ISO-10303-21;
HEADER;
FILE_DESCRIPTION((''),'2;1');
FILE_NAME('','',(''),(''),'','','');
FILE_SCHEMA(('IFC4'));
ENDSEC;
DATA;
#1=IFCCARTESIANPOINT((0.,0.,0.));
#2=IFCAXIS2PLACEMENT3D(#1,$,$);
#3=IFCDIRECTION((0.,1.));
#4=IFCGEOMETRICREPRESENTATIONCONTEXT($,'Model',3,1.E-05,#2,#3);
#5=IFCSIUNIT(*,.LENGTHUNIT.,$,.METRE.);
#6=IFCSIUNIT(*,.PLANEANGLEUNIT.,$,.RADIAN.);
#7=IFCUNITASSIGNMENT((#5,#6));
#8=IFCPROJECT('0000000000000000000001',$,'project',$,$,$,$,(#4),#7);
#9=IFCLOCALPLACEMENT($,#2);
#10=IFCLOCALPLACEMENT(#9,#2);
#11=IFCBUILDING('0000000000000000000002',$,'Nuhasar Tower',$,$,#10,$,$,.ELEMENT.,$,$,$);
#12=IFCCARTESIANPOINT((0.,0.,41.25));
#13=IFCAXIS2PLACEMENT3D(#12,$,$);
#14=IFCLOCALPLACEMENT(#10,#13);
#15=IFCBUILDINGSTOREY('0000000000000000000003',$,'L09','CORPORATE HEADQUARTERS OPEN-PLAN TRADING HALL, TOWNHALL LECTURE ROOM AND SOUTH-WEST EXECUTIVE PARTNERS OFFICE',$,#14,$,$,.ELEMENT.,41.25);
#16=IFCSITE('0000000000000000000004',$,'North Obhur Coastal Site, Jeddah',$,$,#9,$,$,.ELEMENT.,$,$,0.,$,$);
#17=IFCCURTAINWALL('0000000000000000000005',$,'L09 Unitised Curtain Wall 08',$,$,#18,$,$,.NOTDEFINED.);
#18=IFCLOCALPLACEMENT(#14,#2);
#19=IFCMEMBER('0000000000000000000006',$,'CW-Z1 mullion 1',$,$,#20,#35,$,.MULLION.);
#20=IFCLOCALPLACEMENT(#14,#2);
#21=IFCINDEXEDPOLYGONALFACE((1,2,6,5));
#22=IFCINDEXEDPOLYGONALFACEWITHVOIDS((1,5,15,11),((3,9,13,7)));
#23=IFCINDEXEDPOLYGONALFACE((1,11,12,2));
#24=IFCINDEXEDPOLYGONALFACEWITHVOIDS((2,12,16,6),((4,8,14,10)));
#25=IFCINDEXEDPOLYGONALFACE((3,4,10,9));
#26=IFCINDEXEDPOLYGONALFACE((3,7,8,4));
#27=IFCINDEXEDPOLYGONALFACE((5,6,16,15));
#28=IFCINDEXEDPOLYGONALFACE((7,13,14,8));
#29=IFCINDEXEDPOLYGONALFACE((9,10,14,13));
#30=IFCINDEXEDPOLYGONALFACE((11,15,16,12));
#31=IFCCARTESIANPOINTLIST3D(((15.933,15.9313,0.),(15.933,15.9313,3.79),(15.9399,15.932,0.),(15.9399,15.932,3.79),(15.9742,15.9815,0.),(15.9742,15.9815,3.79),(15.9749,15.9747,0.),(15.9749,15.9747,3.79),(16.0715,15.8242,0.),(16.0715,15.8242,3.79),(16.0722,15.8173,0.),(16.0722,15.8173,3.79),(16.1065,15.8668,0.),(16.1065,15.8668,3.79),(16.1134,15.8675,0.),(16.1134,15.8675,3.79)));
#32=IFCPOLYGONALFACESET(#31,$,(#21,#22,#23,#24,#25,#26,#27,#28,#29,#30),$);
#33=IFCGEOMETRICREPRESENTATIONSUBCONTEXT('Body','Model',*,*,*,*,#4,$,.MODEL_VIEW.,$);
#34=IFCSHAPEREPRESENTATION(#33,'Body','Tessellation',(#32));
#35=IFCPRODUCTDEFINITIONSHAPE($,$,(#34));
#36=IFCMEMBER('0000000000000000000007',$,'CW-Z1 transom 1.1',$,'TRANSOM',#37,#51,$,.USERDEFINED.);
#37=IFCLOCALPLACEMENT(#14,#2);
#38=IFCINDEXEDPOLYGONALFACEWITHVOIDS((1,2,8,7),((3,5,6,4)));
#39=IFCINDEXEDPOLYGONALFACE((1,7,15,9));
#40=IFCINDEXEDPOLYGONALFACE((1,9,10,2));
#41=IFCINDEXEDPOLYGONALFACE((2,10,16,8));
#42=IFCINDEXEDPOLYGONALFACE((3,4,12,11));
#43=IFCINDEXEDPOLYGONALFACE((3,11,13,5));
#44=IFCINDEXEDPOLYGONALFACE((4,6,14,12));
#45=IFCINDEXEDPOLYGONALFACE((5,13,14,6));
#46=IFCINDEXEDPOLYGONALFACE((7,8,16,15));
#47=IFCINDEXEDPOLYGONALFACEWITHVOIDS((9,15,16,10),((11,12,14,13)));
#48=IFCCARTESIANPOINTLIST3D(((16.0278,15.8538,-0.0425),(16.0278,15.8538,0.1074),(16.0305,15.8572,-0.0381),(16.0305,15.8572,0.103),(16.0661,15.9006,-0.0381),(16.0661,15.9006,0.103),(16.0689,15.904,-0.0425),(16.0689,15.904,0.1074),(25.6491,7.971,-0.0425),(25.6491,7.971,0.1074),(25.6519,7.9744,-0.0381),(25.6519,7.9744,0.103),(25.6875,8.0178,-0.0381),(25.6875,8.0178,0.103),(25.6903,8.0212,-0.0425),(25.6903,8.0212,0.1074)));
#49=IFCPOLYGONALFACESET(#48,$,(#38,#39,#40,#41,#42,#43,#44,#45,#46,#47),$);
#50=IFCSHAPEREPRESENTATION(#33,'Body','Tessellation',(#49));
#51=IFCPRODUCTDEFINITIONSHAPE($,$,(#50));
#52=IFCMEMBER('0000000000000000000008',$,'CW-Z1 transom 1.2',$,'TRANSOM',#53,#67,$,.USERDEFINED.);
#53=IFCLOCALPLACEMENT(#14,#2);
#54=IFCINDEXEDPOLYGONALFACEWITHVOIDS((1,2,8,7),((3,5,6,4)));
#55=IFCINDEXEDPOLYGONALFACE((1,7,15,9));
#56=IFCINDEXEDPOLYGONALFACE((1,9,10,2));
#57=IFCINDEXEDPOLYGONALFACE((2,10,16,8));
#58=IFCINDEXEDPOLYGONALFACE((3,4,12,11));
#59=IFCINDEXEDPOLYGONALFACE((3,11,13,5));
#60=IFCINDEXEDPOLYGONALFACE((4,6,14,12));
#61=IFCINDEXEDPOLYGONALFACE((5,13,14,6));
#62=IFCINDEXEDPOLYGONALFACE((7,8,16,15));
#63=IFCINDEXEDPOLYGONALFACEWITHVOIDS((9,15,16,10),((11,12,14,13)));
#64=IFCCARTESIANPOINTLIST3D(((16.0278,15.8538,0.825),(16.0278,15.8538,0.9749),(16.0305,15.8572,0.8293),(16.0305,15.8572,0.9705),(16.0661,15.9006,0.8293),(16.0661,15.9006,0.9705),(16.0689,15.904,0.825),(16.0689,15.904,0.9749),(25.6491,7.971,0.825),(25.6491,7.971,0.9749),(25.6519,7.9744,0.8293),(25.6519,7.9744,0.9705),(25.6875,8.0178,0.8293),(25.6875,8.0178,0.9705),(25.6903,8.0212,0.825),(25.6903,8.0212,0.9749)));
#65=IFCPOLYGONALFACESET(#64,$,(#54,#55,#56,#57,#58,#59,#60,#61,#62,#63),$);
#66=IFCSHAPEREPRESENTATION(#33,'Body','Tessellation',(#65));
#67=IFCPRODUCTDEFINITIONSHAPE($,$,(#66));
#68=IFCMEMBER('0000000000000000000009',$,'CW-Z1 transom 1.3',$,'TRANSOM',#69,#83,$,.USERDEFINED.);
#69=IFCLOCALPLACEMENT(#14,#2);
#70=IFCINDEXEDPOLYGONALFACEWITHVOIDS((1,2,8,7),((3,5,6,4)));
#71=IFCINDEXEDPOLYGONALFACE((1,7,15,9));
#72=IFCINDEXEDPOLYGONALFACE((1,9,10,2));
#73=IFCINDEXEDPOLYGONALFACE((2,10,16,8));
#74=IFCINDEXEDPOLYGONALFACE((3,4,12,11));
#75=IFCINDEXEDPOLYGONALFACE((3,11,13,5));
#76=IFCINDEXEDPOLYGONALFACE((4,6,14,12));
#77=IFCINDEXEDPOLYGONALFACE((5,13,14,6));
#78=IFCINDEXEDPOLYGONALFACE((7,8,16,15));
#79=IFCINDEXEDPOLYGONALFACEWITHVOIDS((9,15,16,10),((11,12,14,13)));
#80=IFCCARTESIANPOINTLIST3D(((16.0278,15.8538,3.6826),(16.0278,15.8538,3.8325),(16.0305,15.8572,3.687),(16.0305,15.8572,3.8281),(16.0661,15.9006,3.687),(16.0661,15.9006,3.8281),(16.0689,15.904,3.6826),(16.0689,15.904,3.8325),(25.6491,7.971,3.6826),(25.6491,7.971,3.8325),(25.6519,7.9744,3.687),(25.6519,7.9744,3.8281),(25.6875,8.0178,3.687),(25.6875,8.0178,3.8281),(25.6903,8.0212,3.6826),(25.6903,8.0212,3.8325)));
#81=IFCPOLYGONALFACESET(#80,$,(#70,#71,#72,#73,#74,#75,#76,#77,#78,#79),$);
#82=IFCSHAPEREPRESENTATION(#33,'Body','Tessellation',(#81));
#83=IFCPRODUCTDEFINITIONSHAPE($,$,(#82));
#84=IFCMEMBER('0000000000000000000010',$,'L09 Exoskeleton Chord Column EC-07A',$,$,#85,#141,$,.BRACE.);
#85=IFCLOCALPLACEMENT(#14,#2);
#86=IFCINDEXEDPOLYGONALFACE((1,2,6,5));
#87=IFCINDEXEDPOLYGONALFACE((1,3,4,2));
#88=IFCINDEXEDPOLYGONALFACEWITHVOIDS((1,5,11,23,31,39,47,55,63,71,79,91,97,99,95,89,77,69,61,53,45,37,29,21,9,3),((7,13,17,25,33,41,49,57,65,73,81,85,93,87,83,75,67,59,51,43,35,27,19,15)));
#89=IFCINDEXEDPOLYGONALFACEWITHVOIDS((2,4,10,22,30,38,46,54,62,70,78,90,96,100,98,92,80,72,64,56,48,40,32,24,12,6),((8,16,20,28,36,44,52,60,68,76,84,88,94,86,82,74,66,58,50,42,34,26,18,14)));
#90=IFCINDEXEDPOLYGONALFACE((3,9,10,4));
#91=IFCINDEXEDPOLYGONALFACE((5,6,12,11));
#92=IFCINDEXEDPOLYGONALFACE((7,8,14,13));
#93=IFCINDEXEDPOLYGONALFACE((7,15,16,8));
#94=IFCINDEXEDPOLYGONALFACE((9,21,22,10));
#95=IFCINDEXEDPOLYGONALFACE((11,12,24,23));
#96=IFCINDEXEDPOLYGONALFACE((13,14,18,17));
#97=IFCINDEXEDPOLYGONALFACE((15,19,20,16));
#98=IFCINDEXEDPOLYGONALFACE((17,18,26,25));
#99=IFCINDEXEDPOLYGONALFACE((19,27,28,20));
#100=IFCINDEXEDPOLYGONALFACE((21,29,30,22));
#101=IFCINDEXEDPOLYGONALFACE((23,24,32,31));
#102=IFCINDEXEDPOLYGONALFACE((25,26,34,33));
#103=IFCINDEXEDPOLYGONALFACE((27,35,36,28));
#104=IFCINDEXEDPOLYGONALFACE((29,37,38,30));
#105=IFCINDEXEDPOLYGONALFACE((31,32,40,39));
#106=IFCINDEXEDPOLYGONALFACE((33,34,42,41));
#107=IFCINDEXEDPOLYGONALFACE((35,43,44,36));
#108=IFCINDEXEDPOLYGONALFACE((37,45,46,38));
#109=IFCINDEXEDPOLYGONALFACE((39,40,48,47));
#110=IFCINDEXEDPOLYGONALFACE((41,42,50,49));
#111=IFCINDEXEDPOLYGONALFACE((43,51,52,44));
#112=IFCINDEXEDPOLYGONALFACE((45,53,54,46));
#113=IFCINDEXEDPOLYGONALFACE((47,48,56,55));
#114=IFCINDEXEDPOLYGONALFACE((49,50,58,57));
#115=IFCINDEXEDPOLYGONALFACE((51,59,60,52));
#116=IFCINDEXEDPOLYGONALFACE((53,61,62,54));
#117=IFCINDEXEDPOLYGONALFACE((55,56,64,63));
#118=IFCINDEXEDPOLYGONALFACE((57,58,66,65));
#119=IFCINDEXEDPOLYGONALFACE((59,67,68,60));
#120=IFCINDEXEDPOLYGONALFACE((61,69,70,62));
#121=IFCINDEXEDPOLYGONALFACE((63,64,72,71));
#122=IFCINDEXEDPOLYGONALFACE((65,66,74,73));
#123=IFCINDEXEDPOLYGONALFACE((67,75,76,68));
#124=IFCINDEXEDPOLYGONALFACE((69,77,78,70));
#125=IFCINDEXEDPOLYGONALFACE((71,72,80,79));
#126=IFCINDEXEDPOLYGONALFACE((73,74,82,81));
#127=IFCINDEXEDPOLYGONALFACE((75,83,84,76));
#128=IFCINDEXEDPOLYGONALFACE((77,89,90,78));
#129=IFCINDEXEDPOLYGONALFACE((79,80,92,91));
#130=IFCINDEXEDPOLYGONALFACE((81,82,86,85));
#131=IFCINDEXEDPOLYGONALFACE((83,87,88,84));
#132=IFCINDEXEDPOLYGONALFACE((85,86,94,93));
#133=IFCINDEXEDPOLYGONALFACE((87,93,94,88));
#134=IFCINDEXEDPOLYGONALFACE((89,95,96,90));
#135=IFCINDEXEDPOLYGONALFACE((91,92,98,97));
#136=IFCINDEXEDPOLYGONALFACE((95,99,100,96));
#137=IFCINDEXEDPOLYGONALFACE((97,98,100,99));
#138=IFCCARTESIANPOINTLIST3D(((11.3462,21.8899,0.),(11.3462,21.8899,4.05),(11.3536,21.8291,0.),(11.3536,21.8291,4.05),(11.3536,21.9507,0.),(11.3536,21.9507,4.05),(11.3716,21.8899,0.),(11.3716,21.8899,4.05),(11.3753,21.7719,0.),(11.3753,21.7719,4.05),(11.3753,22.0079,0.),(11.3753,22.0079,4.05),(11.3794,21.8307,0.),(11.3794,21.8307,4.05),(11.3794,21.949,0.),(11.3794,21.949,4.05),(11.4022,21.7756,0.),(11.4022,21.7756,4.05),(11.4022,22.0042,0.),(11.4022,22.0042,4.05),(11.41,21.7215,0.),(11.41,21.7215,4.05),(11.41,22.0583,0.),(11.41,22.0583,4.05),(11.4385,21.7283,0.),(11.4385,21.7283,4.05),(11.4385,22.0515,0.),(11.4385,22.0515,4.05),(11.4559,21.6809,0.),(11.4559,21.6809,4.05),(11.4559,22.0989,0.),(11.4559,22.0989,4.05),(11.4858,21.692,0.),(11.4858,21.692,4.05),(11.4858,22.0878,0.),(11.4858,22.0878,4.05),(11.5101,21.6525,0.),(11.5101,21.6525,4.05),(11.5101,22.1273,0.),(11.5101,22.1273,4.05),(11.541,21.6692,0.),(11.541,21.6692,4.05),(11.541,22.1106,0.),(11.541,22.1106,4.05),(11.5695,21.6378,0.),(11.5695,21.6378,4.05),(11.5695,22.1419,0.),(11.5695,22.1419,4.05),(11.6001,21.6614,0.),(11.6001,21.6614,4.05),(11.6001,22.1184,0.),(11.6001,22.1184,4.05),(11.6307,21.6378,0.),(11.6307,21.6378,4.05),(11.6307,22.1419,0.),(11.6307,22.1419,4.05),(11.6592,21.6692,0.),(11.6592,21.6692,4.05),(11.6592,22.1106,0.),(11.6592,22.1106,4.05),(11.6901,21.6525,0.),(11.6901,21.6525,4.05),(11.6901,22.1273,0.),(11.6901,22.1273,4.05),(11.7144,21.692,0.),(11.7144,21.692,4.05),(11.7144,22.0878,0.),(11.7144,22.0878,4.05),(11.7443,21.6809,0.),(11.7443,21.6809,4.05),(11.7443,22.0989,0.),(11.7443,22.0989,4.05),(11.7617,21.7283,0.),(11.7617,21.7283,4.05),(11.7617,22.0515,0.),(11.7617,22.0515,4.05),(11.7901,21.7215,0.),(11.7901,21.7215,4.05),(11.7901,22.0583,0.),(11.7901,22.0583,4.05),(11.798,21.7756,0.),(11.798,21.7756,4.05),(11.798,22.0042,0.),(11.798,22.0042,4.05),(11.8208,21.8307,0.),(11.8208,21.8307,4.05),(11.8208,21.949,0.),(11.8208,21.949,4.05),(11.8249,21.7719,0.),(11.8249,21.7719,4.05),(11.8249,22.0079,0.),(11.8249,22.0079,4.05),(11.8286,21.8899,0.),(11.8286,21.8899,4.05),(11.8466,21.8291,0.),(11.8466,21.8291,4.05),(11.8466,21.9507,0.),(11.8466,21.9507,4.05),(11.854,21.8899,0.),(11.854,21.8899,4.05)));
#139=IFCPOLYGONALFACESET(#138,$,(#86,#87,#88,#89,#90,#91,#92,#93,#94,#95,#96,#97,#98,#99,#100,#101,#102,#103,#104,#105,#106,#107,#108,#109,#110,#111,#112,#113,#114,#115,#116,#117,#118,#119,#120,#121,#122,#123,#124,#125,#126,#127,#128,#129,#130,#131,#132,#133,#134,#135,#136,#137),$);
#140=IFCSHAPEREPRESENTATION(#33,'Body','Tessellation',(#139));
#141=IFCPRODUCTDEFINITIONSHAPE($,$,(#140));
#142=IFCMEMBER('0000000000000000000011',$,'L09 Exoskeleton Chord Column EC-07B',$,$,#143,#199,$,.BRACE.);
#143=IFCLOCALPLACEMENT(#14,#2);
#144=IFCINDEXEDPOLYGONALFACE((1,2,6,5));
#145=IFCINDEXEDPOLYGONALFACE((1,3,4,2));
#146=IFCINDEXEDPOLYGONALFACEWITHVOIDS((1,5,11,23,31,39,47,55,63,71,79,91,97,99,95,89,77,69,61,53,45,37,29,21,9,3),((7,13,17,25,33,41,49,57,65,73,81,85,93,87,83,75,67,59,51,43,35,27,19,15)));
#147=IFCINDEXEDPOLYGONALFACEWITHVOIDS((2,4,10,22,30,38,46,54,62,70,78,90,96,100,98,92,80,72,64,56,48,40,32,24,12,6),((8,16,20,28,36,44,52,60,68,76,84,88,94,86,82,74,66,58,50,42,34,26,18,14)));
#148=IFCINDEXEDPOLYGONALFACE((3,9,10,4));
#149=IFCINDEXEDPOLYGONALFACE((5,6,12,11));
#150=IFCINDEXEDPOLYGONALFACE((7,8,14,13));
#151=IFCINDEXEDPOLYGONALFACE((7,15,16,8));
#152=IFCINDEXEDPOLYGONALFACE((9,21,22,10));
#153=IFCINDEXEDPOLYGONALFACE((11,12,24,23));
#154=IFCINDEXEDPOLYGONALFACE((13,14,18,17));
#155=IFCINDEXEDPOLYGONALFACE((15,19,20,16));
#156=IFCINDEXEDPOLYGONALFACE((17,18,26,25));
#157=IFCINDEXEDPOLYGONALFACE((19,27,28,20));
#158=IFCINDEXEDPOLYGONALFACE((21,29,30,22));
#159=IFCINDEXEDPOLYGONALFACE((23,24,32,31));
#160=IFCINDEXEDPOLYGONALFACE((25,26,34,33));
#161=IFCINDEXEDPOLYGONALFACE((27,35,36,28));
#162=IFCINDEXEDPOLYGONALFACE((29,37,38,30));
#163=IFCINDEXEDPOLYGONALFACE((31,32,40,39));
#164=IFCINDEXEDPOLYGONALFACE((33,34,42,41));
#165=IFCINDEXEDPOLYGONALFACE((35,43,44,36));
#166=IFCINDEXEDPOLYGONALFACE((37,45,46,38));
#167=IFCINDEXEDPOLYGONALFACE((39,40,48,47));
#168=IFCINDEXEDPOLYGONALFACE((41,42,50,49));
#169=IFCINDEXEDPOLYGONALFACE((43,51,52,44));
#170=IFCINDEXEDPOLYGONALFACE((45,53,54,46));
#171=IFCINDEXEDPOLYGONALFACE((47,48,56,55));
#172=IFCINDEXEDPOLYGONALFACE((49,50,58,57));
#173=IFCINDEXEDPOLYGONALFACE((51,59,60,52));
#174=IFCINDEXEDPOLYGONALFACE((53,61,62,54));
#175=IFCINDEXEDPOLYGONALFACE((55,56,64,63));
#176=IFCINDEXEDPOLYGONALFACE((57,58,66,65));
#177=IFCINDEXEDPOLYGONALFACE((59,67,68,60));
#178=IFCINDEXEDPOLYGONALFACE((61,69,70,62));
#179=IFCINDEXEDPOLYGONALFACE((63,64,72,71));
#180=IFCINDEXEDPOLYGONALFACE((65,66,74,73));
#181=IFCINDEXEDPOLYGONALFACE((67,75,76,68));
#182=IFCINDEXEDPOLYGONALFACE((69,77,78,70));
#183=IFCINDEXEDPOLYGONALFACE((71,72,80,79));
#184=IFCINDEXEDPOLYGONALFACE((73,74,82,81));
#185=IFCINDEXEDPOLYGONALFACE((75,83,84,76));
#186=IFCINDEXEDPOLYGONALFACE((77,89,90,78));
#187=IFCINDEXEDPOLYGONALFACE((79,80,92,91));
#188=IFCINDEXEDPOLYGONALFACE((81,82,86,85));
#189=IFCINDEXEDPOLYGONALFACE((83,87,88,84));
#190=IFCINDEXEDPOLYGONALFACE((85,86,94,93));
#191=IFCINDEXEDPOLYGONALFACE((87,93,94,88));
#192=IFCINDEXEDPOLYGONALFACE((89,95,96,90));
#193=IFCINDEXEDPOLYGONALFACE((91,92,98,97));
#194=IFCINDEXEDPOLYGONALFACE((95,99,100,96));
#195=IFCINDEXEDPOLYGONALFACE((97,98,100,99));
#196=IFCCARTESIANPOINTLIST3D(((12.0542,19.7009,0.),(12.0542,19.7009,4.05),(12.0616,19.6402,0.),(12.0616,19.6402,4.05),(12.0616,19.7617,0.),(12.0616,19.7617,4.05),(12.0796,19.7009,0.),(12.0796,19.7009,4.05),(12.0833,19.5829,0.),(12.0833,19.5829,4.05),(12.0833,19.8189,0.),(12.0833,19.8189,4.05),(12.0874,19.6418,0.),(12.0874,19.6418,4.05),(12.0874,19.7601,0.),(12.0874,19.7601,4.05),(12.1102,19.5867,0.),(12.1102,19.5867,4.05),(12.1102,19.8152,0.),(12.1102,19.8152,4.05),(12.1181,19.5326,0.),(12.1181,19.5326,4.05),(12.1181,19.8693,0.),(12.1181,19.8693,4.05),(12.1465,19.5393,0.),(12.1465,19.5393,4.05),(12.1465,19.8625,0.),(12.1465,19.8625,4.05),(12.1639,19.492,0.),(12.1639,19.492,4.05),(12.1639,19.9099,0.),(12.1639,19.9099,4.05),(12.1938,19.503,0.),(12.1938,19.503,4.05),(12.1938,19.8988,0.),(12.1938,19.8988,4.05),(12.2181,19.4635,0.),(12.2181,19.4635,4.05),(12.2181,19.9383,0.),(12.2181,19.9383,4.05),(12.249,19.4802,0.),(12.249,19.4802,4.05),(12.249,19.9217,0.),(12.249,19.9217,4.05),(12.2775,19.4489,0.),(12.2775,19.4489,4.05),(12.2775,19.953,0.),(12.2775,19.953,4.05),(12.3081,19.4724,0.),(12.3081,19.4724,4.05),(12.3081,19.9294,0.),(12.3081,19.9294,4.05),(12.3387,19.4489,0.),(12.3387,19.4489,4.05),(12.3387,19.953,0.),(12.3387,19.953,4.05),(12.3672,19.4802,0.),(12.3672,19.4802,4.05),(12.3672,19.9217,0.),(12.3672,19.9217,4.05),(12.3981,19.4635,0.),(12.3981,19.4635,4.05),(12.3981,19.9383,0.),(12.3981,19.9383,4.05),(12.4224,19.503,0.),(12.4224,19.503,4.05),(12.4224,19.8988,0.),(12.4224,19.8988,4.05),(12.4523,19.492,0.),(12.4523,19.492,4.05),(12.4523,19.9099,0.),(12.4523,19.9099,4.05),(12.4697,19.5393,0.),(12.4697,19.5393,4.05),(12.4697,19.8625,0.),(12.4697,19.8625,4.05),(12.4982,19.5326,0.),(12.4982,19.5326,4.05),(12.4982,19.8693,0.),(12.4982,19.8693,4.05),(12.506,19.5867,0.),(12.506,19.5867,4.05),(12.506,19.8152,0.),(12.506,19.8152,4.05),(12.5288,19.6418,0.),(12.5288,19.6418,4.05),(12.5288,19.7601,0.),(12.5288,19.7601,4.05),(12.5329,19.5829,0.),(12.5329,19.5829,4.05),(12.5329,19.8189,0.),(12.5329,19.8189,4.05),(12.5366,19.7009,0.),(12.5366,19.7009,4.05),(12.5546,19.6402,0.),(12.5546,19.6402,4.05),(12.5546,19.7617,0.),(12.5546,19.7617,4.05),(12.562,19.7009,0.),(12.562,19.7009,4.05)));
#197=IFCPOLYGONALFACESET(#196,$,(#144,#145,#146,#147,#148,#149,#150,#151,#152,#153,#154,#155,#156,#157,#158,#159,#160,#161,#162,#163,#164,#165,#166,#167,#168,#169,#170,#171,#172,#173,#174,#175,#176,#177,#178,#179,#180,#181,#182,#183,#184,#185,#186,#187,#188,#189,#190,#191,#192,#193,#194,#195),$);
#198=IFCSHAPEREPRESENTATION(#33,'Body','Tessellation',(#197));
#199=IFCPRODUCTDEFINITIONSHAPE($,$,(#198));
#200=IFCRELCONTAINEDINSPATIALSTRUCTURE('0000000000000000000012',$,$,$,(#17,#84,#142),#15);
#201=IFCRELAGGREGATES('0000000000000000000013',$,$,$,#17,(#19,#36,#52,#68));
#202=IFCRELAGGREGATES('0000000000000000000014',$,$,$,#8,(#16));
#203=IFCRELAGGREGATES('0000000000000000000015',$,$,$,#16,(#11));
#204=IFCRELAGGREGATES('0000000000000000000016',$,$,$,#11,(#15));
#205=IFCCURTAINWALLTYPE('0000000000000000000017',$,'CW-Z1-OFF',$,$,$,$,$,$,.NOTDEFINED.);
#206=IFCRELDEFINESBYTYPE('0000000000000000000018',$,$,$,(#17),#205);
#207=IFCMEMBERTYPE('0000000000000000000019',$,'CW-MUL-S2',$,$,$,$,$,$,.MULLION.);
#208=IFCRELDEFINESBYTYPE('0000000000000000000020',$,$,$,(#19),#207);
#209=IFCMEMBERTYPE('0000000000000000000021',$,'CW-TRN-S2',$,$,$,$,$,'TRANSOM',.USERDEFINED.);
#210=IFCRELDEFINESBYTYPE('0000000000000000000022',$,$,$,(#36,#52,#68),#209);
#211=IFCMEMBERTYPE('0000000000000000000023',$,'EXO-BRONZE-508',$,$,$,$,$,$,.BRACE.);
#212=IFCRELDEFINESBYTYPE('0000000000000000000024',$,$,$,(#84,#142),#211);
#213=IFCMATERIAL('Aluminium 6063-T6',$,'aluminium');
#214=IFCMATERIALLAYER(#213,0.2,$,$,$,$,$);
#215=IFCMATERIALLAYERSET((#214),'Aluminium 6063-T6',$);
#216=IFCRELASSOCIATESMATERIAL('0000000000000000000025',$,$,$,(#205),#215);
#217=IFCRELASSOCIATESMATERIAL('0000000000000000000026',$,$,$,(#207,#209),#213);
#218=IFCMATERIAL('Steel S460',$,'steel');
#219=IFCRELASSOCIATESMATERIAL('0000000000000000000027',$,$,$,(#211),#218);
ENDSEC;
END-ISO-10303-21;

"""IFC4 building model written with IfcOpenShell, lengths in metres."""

from ifc_helpers import new_model, si_unit, direction, frame, origin, origin_2d, place, context, subcontext, project, spatial, hollow_rectangle, hollow_circle, extrude, material, layer, layer_set, material_profile, profile_set, type_object, element, aggregate, save


model = new_model("IFC4")

# Units and contexts
model_context = context("Model", 3, precision=1e-05, world=origin(), true_north=direction((0.0, 1.0)))
body_context = subcontext(model_context, "Body", "Model", "MODEL_VIEW")
ifc_project = project(units=[si_unit("LENGTHUNIT", "METRE"), si_unit("PLANEANGLEUNIT", "RADIAN")], contexts=[model_context])

# Site, building, storey
site_placement = place(None, origin())
site = spatial("IfcSite", under=ifc_project, at=site_placement, Name="North Obhur Coastal Site, Jeddah", CompositionType="ELEMENT", RefElevation=0.0)
building_placement = place(site_placement, origin())
building = spatial("IfcBuilding", under=site, at=building_placement, Name="Nuhasar Tower", CompositionType="ELEMENT")
storey_placement = place(building_placement, frame((0.0, 0.0, 41.25)))
storey = spatial("IfcBuildingStorey", under=building, at=storey_placement, Name="L09", Description="CORPORATE HEADQUARTERS OPEN-PLAN TRADING HALL, TOWNHALL LECTURE ROOM AND SOUTH-WEST EXECUTIVE PARTNERS OFFICE", CompositionType="ELEMENT", Elevation=41.25)

# Shared definitions
ifc_material_1 = material(Name="Aluminium 6063-T6", Category="aluminium")
ifc_layer_1 = layer(ifc_material_1, 0.2)
ifc_layer_set_1 = layer_set([ifc_layer_1], Name="Aluminium 6063-T6")
curtain_wall_type = type_object("IfcCurtainWallType", Name="CW-Z1-OFF", PredefinedType="NOTDEFINED", material=ifc_layer_set_1)
ifc_material_profile_1 = material_profile(ifc_material_1, hollow_rectangle(XDim=0.0649, YDim=0.1799, WallThickness=0.0049, at=origin_2d()), Name="CWM-2")
ifc_profile_set_1 = profile_set([ifc_material_profile_1], Name="Aluminium 6063-T6")
member_type_1 = type_object("IfcMemberType", Name="CW-MUL-S2", PredefinedType="MULLION", material=ifc_profile_set_1)

# Curtain wall, members
curtain_wall_1_placement = place(storey_placement, origin())
curtain_wall_1 = element("IfcCurtainWall", 1, at=curtain_wall_1_placement, inside=storey, type_object=curtain_wall_type, Name="L09 Unitised Curtain Wall 08", PredefinedType="NOTDEFINED")
member_1_placement = place(storey_placement, frame((16.0232, 15.8994, 0.0), z_axis=(0.0, 0.0, 1.0), x_axis=(0.633745, 0.773542, 0.0)))
member_1 = element("IfcMember", 2, at=member_1_placement, type_object=member_type_1, Name="CW-Z1 mullion 1", PredefinedType="MULLION", context=body_context, shape_type="SweptSolid", body=[
    extrude(hollow_rectangle(XDim=0.0649, YDim=0.1799, WallThickness=0.0049, at=origin_2d()), origin(), (0.0, 0.0, 1.0), 3.79),
])
ifc_material_profile_2 = material_profile(ifc_material_1, hollow_rectangle(XDim=0.0649, YDim=0.1499, WallThickness=0.0044, at=origin_2d()), Name="CWT-2")
ifc_profile_set_2 = profile_set([ifc_material_profile_2], Name="Aluminium 6063-T6")
member_type_2 = type_object("IfcMemberType", Name="CW-TRN-S2", ElementType="TRANSOM", PredefinedType="USERDEFINED", material=ifc_profile_set_2)
member_2_placement = place(storey_placement, frame((16.0483, 15.8789, 0.0325), z_axis=(0.773531, -0.633758, 0.0), x_axis=(0.633758, 0.773531, 0.0)))
member_2 = element("IfcMember", 3, at=member_2_placement, type_object=member_type_2, Name="CW-Z1 transom 1.1", ObjectType="TRANSOM", PredefinedType="USERDEFINED", context=body_context, shape_type="SweptSolid", body=[
    extrude(hollow_rectangle(XDim=0.0649, YDim=0.1499, WallThickness=0.0044, at=origin_2d()), origin(), (0.0, 0.0, 1.0), 12.4382),
])
member_3_placement = place(storey_placement, frame((16.0483, 15.8789, 0.8999), z_axis=(0.773531, -0.633758, 0.0), x_axis=(0.633758, 0.773531, 0.0)))
member_3 = element("IfcMember", 4, at=member_3_placement, type_object=member_type_2, Name="CW-Z1 transom 1.2", ObjectType="TRANSOM", PredefinedType="USERDEFINED", context=body_context, shape_type="SweptSolid", body=[
    extrude(hollow_rectangle(XDim=0.0649, YDim=0.1499, WallThickness=0.0044, at=origin_2d()), origin(), (0.0, 0.0, 1.0), 12.4382),
])
member_4_placement = place(storey_placement, frame((16.0483, 15.8789, 3.7576), z_axis=(0.773531, -0.633758, 0.0), x_axis=(0.633758, 0.773531, 0.0)))
member_4 = element("IfcMember", 5, at=member_4_placement, type_object=member_type_2, Name="CW-Z1 transom 1.3", ObjectType="TRANSOM", PredefinedType="USERDEFINED", context=body_context, shape_type="SweptSolid", body=[
    extrude(hollow_rectangle(XDim=0.0649, YDim=0.1499, WallThickness=0.0044, at=origin_2d()), origin(), (0.0, 0.0, 1.0), 12.4382),
])
aggregate(curtain_wall_1, [member_1, member_2, member_3, member_4])

# Members
ifc_material_2 = material(Name="Steel S460", Category="steel")
ifc_material_profile_3 = material_profile(ifc_material_2, hollow_circle(Radius=0.2539, WallThickness=0.0254, at=origin_2d()), Name="HSS508X25.4")
ifc_profile_set_3 = profile_set([ifc_material_profile_3], Name="Steel S460")
member_type_3 = type_object("IfcMemberType", Name="EXO-BRONZE-508", PredefinedType="BRACE", material=ifc_profile_set_3)
for number, where, z_axis, x_axis, name in (
    (6, (11.6001, 21.8899, 0.0), (0.0, 0.0, 1.0), (1.0, 0.0, 0.0), "L09 Exoskeleton Chord Column EC-07A"),
    (7, (12.3081, 19.7009, 0.0), (0.0, 0.0, 1.0), (1.0, 0.0, 0.0), "L09 Exoskeleton Chord Column EC-07B"),
):
    element("IfcMember", number, at=place(storey_placement, frame(where, z_axis=z_axis, x_axis=x_axis)), inside=storey, type_object=member_type_3, Name=name, PredefinedType="BRACE", context=body_context, shape_type="SweptSolid", body=[
        extrude(hollow_circle(Radius=0.2539, WallThickness=0.0254, at=origin_2d()), origin(), (0.0, 0.0, 1.0), 4.05),
    ])

save(model, "model.ifc")
